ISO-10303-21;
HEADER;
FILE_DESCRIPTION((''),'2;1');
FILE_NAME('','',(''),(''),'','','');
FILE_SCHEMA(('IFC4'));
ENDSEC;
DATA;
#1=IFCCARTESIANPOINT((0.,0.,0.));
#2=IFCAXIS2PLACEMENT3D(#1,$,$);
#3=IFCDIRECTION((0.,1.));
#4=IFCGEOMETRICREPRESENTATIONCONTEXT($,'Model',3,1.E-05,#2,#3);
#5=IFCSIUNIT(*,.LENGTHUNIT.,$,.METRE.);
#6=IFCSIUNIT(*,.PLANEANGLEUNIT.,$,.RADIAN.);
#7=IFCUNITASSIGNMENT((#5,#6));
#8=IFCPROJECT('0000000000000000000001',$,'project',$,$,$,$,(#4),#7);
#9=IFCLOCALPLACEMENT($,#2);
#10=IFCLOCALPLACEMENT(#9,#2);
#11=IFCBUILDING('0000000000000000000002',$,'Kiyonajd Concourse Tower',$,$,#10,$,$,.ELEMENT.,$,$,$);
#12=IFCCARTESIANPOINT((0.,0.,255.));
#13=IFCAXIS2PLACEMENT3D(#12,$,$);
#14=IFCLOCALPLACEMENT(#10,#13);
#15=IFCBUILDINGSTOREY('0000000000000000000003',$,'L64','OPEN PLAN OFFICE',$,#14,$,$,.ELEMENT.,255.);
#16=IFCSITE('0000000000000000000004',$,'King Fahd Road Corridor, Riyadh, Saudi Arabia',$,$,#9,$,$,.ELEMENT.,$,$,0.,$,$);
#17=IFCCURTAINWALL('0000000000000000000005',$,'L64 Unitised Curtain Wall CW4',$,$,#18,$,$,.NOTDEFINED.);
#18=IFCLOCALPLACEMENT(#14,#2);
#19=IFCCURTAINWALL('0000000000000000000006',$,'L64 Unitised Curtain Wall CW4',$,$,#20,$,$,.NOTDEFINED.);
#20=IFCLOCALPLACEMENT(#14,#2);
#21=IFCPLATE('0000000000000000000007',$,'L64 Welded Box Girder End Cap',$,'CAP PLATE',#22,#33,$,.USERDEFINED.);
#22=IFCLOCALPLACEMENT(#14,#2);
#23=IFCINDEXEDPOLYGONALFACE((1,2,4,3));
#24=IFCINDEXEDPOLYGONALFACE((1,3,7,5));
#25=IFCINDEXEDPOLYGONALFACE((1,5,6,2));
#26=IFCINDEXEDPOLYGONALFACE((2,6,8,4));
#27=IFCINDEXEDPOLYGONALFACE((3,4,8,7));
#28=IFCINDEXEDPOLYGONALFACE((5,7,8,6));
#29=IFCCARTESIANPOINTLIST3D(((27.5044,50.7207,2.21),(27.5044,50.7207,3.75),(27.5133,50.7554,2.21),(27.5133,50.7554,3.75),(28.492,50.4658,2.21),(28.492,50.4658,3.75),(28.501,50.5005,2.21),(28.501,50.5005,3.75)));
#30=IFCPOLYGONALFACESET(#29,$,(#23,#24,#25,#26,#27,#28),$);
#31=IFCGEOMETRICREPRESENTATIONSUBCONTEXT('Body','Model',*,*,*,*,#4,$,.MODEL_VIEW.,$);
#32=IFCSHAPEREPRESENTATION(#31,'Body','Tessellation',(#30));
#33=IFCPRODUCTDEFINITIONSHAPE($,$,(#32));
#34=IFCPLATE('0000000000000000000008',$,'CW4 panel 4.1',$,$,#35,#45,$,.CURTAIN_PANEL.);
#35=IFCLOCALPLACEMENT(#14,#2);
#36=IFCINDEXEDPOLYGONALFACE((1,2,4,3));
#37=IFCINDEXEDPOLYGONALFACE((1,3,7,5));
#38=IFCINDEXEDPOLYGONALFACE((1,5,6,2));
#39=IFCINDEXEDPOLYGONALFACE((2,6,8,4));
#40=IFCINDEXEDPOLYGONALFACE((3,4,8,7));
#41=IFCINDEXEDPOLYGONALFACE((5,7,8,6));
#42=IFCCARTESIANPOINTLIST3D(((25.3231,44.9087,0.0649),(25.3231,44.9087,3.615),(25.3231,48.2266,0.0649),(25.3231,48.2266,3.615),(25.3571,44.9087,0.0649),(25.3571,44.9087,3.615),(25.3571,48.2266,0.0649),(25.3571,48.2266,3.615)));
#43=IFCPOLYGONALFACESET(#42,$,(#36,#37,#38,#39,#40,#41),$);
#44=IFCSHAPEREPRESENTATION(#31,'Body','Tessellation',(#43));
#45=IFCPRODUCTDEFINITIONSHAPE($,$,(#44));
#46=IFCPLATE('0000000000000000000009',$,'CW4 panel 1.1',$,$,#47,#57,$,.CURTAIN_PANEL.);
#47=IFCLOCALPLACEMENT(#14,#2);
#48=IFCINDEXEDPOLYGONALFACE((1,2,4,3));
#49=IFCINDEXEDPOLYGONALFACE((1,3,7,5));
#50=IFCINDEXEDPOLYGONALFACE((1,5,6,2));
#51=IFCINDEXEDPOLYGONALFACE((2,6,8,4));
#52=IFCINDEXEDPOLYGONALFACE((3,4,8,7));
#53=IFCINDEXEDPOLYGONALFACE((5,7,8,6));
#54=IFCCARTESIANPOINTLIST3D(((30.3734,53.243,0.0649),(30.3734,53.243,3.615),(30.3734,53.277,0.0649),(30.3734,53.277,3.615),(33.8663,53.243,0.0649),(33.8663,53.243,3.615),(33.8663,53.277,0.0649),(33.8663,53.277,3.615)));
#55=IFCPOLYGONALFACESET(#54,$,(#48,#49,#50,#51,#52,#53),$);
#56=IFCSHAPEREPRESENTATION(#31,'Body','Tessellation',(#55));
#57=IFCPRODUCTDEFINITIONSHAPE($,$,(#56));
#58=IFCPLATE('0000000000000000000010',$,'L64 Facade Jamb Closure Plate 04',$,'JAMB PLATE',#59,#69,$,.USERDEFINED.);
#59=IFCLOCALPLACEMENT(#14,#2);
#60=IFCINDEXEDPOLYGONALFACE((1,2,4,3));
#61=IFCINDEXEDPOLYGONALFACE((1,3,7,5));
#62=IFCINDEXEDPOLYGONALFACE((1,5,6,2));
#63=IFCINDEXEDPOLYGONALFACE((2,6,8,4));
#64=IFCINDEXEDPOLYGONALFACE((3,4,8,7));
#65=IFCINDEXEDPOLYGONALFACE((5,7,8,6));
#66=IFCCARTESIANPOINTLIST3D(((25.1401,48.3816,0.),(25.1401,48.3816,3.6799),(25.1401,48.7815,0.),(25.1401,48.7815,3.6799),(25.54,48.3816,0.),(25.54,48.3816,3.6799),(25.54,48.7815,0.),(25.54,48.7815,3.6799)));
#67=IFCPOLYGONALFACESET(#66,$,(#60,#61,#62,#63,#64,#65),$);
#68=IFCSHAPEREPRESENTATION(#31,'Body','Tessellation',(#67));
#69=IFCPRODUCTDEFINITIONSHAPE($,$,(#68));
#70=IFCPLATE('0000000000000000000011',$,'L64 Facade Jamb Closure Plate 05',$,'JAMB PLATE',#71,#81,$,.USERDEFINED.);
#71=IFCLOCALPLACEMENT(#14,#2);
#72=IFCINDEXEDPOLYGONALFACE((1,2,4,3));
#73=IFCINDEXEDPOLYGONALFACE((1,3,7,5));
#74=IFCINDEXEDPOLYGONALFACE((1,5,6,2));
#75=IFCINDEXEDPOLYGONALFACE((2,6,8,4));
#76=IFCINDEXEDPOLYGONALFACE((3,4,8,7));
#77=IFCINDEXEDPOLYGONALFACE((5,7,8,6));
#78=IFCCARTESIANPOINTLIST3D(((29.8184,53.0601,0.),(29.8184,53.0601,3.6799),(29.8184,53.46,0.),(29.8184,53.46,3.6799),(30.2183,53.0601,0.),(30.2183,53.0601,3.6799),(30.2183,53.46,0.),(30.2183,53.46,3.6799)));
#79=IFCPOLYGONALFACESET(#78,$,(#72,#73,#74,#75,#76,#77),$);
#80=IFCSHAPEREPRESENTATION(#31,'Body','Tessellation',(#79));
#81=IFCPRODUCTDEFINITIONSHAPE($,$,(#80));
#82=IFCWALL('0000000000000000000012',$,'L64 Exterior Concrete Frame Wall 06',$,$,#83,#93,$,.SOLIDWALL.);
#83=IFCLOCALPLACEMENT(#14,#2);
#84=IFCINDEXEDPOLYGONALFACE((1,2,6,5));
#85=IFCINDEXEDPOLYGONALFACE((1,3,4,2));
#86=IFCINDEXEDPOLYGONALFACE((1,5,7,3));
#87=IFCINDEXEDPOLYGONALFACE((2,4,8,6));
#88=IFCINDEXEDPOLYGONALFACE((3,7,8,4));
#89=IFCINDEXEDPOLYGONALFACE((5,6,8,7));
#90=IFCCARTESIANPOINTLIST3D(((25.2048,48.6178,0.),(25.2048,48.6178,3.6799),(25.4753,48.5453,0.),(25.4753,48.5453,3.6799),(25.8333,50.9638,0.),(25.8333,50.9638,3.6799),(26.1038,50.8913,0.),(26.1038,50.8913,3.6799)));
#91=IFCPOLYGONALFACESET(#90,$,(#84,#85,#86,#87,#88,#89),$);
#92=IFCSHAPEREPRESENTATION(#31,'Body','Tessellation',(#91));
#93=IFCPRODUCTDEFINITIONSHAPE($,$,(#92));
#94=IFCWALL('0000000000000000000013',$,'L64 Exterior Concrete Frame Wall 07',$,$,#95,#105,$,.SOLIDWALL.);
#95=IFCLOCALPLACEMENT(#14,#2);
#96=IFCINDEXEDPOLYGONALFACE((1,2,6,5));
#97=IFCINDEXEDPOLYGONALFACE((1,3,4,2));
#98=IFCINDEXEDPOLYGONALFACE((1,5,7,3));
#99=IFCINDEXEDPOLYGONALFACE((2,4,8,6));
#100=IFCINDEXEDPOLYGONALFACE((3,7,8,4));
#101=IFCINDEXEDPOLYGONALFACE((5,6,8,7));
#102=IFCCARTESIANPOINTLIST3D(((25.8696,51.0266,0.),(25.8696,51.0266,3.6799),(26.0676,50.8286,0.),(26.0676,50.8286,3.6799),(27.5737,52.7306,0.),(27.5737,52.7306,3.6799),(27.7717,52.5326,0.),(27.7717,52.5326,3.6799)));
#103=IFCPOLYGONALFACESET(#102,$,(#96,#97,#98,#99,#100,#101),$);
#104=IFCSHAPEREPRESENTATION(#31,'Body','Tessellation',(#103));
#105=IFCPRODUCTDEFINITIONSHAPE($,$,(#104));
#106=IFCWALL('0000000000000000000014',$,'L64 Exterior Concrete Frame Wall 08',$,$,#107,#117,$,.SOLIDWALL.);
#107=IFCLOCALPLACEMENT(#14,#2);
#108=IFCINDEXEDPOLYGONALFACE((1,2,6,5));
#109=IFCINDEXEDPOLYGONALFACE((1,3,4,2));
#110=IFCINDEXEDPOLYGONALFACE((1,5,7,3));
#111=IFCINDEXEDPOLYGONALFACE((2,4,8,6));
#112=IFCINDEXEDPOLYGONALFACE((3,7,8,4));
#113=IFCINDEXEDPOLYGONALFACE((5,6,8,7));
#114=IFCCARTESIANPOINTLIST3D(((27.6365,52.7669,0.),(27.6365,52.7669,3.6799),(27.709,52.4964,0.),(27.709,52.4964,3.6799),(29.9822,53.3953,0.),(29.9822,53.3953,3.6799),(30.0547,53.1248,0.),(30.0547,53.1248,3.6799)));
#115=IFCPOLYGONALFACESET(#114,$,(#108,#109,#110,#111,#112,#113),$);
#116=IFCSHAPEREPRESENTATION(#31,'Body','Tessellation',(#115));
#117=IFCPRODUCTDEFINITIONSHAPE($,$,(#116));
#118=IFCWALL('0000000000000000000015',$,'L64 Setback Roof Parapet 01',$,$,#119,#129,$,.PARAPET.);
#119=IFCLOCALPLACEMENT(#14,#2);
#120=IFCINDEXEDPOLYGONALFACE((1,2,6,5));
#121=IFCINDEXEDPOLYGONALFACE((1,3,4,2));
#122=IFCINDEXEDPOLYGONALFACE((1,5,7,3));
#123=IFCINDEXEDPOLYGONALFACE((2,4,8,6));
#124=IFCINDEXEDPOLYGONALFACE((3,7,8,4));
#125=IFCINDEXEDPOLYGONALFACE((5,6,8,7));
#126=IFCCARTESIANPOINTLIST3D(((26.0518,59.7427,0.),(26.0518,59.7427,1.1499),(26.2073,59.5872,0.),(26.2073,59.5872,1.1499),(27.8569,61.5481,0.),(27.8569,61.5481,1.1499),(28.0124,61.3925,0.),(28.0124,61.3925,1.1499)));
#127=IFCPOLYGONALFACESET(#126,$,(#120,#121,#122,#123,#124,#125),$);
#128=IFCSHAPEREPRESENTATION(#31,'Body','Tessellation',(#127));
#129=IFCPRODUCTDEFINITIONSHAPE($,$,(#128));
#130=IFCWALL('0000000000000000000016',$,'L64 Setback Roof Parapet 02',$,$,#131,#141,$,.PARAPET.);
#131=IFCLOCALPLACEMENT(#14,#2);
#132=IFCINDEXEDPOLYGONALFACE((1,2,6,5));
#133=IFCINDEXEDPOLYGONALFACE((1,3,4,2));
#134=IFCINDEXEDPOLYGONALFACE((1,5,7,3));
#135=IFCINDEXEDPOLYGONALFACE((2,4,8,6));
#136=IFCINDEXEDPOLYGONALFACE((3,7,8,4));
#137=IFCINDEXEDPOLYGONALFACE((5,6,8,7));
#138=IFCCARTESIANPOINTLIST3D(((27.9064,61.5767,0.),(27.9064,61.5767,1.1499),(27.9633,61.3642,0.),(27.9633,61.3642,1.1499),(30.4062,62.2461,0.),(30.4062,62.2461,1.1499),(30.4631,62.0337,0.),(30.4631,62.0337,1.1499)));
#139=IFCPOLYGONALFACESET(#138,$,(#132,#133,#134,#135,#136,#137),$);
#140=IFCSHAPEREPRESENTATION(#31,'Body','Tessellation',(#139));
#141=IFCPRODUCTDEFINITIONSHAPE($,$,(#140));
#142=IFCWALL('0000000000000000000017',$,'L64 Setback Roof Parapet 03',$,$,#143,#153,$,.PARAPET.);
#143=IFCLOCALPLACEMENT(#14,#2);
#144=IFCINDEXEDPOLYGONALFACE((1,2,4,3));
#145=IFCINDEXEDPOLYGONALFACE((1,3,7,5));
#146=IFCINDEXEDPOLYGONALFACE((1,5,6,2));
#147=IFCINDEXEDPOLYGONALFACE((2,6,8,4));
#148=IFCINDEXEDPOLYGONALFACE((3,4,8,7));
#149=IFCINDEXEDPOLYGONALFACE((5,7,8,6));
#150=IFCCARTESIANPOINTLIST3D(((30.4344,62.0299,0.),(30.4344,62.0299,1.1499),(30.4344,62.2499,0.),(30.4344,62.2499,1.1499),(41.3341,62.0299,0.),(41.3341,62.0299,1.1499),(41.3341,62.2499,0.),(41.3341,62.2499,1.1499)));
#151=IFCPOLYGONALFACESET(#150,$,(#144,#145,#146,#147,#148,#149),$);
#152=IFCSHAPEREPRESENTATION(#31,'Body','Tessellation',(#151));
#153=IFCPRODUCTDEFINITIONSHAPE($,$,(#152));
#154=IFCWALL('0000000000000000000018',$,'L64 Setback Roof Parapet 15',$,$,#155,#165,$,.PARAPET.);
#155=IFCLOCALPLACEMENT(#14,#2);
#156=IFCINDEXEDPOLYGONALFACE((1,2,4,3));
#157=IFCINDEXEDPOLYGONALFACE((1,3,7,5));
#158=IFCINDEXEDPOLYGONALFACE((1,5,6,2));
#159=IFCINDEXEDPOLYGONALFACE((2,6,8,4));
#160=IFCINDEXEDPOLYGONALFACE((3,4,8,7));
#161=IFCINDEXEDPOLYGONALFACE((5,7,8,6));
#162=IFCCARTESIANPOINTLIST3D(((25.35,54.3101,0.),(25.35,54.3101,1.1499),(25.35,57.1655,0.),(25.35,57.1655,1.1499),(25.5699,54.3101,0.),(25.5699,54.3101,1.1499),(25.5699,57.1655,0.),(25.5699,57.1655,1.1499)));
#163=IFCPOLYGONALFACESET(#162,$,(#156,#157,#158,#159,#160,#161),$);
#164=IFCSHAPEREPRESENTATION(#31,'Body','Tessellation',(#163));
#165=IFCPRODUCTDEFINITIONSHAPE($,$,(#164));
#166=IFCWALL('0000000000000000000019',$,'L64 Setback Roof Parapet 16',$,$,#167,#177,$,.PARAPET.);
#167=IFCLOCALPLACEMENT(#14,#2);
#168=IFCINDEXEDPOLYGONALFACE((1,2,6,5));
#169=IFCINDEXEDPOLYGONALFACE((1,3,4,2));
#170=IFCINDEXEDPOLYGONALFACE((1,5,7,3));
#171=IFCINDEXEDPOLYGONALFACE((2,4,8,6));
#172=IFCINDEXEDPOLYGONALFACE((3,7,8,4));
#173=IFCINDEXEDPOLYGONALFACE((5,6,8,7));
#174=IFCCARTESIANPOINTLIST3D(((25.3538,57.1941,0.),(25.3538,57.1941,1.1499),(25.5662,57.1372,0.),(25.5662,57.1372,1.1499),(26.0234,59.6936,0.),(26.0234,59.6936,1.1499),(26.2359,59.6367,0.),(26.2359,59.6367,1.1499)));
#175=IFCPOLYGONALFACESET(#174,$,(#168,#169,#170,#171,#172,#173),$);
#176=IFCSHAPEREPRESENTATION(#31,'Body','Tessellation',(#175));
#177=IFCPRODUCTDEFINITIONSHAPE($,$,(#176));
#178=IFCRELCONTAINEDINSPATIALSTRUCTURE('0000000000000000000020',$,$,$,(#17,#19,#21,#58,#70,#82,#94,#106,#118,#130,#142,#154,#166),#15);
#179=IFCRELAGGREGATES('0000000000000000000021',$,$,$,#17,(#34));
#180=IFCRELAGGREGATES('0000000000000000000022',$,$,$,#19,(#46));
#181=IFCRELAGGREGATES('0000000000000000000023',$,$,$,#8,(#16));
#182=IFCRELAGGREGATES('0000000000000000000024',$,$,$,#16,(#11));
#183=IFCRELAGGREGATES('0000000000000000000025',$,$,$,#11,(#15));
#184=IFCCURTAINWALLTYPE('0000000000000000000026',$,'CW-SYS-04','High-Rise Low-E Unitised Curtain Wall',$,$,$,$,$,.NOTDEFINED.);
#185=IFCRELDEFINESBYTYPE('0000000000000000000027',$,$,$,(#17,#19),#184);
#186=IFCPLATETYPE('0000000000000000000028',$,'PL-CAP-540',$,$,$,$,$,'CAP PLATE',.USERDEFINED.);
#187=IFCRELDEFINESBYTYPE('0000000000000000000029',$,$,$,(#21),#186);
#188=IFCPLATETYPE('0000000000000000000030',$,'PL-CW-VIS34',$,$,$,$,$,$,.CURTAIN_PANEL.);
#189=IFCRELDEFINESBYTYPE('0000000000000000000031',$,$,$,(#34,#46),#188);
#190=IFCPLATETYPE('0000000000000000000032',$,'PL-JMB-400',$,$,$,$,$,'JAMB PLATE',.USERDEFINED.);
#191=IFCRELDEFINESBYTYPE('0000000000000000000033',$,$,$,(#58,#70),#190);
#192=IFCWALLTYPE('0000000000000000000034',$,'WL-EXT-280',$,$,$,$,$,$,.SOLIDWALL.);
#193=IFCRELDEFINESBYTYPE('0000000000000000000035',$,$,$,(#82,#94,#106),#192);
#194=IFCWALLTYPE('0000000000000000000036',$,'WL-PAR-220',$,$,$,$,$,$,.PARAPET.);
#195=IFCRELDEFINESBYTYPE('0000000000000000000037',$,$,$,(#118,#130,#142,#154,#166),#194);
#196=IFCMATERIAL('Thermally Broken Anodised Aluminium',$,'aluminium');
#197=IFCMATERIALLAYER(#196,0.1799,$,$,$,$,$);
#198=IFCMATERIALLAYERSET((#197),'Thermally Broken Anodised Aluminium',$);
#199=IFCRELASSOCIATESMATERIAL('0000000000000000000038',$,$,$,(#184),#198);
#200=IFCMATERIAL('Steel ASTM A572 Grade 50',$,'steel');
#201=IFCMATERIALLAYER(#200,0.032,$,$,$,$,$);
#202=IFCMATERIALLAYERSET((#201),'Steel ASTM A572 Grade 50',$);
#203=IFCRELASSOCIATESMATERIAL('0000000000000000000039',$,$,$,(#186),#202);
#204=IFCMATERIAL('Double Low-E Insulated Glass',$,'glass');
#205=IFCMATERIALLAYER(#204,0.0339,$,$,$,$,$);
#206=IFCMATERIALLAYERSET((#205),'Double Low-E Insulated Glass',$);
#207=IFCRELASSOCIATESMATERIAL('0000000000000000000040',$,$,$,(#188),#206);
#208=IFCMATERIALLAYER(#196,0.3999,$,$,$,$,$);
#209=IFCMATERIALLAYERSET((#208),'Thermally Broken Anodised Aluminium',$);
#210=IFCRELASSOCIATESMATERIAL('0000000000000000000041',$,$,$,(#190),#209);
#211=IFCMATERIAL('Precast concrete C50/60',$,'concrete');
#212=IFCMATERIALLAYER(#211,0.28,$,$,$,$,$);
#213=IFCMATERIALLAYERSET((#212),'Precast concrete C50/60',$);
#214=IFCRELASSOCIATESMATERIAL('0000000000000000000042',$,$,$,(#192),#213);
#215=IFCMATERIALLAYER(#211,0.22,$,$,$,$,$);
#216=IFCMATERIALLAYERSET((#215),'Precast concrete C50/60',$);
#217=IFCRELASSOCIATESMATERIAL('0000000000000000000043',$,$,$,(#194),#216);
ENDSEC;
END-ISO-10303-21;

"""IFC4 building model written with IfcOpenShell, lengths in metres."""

from ifc_helpers import new_model, si_unit, direction, frame, frame_2d, origin, origin_2d, place, context, subcontext, project, spatial, rectangle, extrude, material, layer, layer_set, type_object, element, aggregate, save


model = new_model("IFC4")

# Units and contexts
model_context = context("Model", 3, precision=1e-05, world=origin(), true_north=direction((0.0, 1.0)))
body_context = subcontext(model_context, "Body", "Model", "MODEL_VIEW")
ifc_project = project(units=[si_unit("LENGTHUNIT", "METRE"), si_unit("PLANEANGLEUNIT", "RADIAN")], contexts=[model_context])

# Site, building, storey
site_placement = place(None, origin())
site = spatial("IfcSite", under=ifc_project, at=site_placement, Name="King Fahd Road Corridor, Riyadh, Saudi Arabia", CompositionType="ELEMENT", RefElevation=0.0)
building_placement = place(site_placement, origin())
building = spatial("IfcBuilding", under=site, at=building_placement, Name="Kiyonajd Concourse Tower", CompositionType="ELEMENT")
storey_placement = place(building_placement, frame((0.0, 0.0, 255.0)))
storey = spatial("IfcBuildingStorey", under=building, at=storey_placement, Name="L64", Description="OPEN PLAN OFFICE", CompositionType="ELEMENT", Elevation=255.0)

# Shared definitions
ifc_material_1 = material(Name="Steel ASTM A572 Grade 50", Category="steel")

# Curtain wall
ifc_material_2 = material(Name="Thermally Broken Anodised Aluminium", Category="aluminium")
ifc_layer_1 = layer(ifc_material_2, 0.1799)
ifc_layer_set_1 = layer_set([ifc_layer_1], Name="Thermally Broken Anodised Aluminium")
curtain_wall_type = type_object("IfcCurtainWallType", Name="CW-SYS-04", Description="High-Rise Low-E Unitised Curtain Wall", PredefinedType="NOTDEFINED", material=ifc_layer_set_1)
curtain_wall_1_placement = place(storey_placement, origin())
curtain_wall_1 = element("IfcCurtainWall", 1, at=curtain_wall_1_placement, inside=storey, type_object=curtain_wall_type, Name="L64 Unitised Curtain Wall CW4", PredefinedType="NOTDEFINED")

# Curtain wall
curtain_wall_2_placement = place(storey_placement, origin())
curtain_wall_2 = element("IfcCurtainWall", 2, at=curtain_wall_2_placement, inside=storey, type_object=curtain_wall_type, Name="L64 Unitised Curtain Wall CW4", PredefinedType="NOTDEFINED")

# Plate
ifc_layer_2 = layer(ifc_material_1, 0.032)
ifc_layer_set_2 = layer_set([ifc_layer_2], Name="Steel ASTM A572 Grade 50")
plate_type_1 = type_object("IfcPlateType", Name="PL-CAP-540", ElementType="CAP PLATE", PredefinedType="USERDEFINED", material=ifc_layer_set_2)
for number, where, z_axis, x_axis, name in (
    (3, (28.0027, 50.6106, 2.21), (0.0, 0.0, 1.0), (0.249873, 0.968279, 0.0), "L64 Welded Box Girder End Cap"),
):
    element("IfcPlate", number, at=place(storey_placement, frame(where, z_axis=z_axis, x_axis=x_axis)), inside=storey, type_object=plate_type_1, Name=name, ObjectType="CAP PLATE", PredefinedType="USERDEFINED", context=body_context, shape_type="SweptSolid", body=[
        extrude(rectangle(XDim=0.0359, YDim=1.02, at=origin_2d()), origin(), (0.0, 0.0, 1.0), 1.54),
    ])

# Plates
ifc_material_3 = material(Name="Double Low-E Insulated Glass", Category="glass")
ifc_layer_3 = layer(ifc_material_3, 0.0339)
ifc_layer_set_3 = layer_set([ifc_layer_3], Name="Double Low-E Insulated Glass")
plate_type_2 = type_object("IfcPlateType", Name="PL-CW-VIS34", PredefinedType="CURTAIN_PANEL", material=ifc_layer_set_3)
plate_1_placement = place(storey_placement, frame((25.3401, 46.5676, 0.0649), z_axis=(0.0, 0.0, 1.0), x_axis=(0.0, 1.0, 0.0)))
plate_1 = element("IfcPlate", 4, at=plate_1_placement, type_object=plate_type_2, Name="CW4 panel 4.1", PredefinedType="CURTAIN_PANEL", context=body_context, shape_type="SweptSolid", body=[
    extrude(rectangle(XDim=3.3179, YDim=0.0339, at=origin_2d()), origin(), (0.0, 0.0, 1.0), 3.55),
])
aggregate(curtain_wall_1, [plate_1])
plate_2_placement = place(storey_placement, frame((32.1199, 53.26, 0.0649), z_axis=(0.0, 0.0, 1.0), x_axis=(1.0, 0.0, 0.0)))
plate_2 = element("IfcPlate", 5, at=plate_2_placement, type_object=plate_type_2, Name="CW4 panel 1.1", PredefinedType="CURTAIN_PANEL", context=body_context, shape_type="SweptSolid", body=[
    extrude(rectangle(XDim=3.4929, YDim=0.0339, at=origin_2d()), origin(), (0.0, 0.0, 1.0), 3.55),
])
aggregate(curtain_wall_2, [plate_2])

# Plates
ifc_layer_4 = layer(ifc_material_2, 0.3999)
ifc_layer_set_4 = layer_set([ifc_layer_4], Name="Thermally Broken Anodised Aluminium")
plate_type_3 = type_object("IfcPlateType", Name="PL-JMB-400", ElementType="JAMB PLATE", PredefinedType="USERDEFINED", material=ifc_layer_set_4)
for number, where, z_axis, x_axis, name in (
    (6, (25.3401, 48.5815, 0.0), (0.0, 0.0, 1.0), (1.0, 0.0, 0.0), "L64 Facade Jamb Closure Plate 04"),
    (7, (30.0183, 53.26, 0.0), (0.0, 0.0, 1.0), (1.0, 0.0, 0.0), "L64 Facade Jamb Closure Plate 05"),
):
    element("IfcPlate", number, at=place(storey_placement, frame(where, z_axis=z_axis, x_axis=x_axis)), inside=storey, type_object=plate_type_3, Name=name, ObjectType="JAMB PLATE", PredefinedType="USERDEFINED", context=body_context, shape_type="SweptSolid", body=[
        extrude(rectangle(XDim=0.3999, YDim=0.3999, at=origin_2d()), origin(), (0.0, 0.0, 1.0), 3.6799),
    ])

# Walls
ifc_material_4 = material(Name="Precast concrete C50/60", Category="concrete")
ifc_layer_5 = layer(ifc_material_4, 0.28)
ifc_layer_set_5 = layer_set([ifc_layer_5], Name="Precast concrete C50/60")
wall_type_1 = type_object("IfcWallType", Name="WL-EXT-280", PredefinedType="SOLIDWALL", material=ifc_layer_set_5)
wall_1_placement = place(storey_placement, frame((25.3401, 48.5815, 0.0), z_axis=(0.0, 0.0, 1.0), x_axis=(0.258751, 0.965944, 0.0)))
element("IfcWall", 8, at=wall_1_placement, inside=storey, type_object=wall_type_1, Name="L64 Exterior Concrete Frame Wall 06", PredefinedType="SOLIDWALL", context=body_context, shape_type="SweptSolid", body=[
    extrude(rectangle(XDim=2.4287, YDim=0.28, at=frame_2d((1.2144, 0.0))), origin(), (0.0, 0.0, 1.0), 3.6799),
])
wall_2_placement = place(storey_placement, frame((25.9685, 50.9275, 0.0), z_axis=(0.0, 0.0, 1.0), x_axis=(0.707107, 0.707107, 0.0)))
element("IfcWall", 9, at=wall_2_placement, inside=storey, type_object=wall_type_1, Name="L64 Exterior Concrete Frame Wall 07", PredefinedType="SOLIDWALL", context=body_context, shape_type="SweptSolid", body=[
    extrude(rectangle(XDim=2.4099, YDim=0.28, at=frame_2d((1.2051, 0.0))), origin(), (0.0, 0.0, 1.0), 3.6799),
])
wall_3_placement = place(storey_placement, frame((27.6726, 52.6316, 0.0), z_axis=(0.0, 0.0, 1.0), x_axis=(0.965937, 0.258776, 0.0)))
element("IfcWall", 10, at=wall_3_placement, inside=storey, type_object=wall_type_1, Name="L64 Exterior Concrete Frame Wall 08", PredefinedType="SOLIDWALL", context=body_context, shape_type="SweptSolid", body=[
    extrude(rectangle(XDim=2.4285, YDim=0.28, at=frame_2d((1.2144, 0.0))), origin(), (0.0, 0.0, 1.0), 3.6799),
])
ifc_layer_6 = layer(ifc_material_4, 0.22)
ifc_layer_set_6 = layer_set([ifc_layer_6], Name="Precast concrete C50/60")
wall_type_2 = type_object("IfcWallType", Name="WL-PAR-220", PredefinedType="PARAPET", material=ifc_layer_set_6)
wall_4_placement = place(storey_placement, frame((26.1296, 59.665, 0.0), z_axis=(0.0, 0.0, 1.0), x_axis=(0.707059, 0.707155, 0.0)))
element("IfcWall", 11, at=wall_4_placement, inside=storey, type_object=wall_type_2, Name="L64 Setback Roof Parapet 01", PredefinedType="PARAPET", context=body_context, shape_type="SweptSolid", body=[
    extrude(rectangle(XDim=2.553, YDim=0.22, at=frame_2d((1.2764, 0.0))), origin(), (0.0, 0.0, 1.0), 1.1499),
])
wall_5_placement = place(storey_placement, frame((27.9348, 61.4705, 0.0), z_axis=(0.0, 0.0, 1.0), x_axis=(0.965962, 0.258684, 0.0)))
element("IfcWall", 12, at=wall_5_placement, inside=storey, type_object=wall_type_2, Name="L64 Setback Roof Parapet 02", PredefinedType="PARAPET", context=body_context, shape_type="SweptSolid", body=[
    extrude(rectangle(XDim=2.5879, YDim=0.22, at=frame_2d((1.2939, 0.0))), origin(), (0.0, 0.0, 1.0), 1.1499),
])
wall_6_placement = place(storey_placement, frame((30.4346, 62.1399, 0.0), z_axis=(0.0, 0.0, 1.0), x_axis=(1.0, 0.0, 0.0)))
element("IfcWall", 13, at=wall_6_placement, inside=storey, type_object=wall_type_2, Name="L64 Setback Roof Parapet 03", PredefinedType="PARAPET", context=body_context, shape_type="SweptSolid", body=[
    extrude(rectangle(XDim=10.8997, YDim=0.22, at=frame_2d((5.4497, 0.0))), origin(), (0.0, 0.0, 1.0), 1.1499),
])
wall_7_placement = place(storey_placement, frame((25.46, 54.3101, 0.0), z_axis=(0.0, 0.0, 1.0), x_axis=(0.0, 1.0, 0.0)))
element("IfcWall", 14, at=wall_7_placement, inside=storey, type_object=wall_type_2, Name="L64 Setback Roof Parapet 15", PredefinedType="PARAPET", context=body_context, shape_type="SweptSolid", body=[
    extrude(rectangle(XDim=2.8555, YDim=0.22, at=frame_2d((1.4277, 0.0))), origin(), (0.0, 0.0, 1.0), 1.1499),
])
wall_8_placement = place(storey_placement, frame((25.46, 57.1655, 0.0), z_axis=(0.0, 0.0, 1.0), x_axis=(0.258796, 0.965932, 0.0)))
element("IfcWall", 15, at=wall_8_placement, inside=storey, type_object=wall_type_2, Name="L64 Setback Roof Parapet 16", PredefinedType="PARAPET", context=body_context, shape_type="SweptSolid", body=[
    extrude(rectangle(XDim=2.5876, YDim=0.22, at=frame_2d((1.2939, 0.0))), origin(), (0.0, 0.0, 1.0), 1.1499),
])

save(model, "model.ifc")
